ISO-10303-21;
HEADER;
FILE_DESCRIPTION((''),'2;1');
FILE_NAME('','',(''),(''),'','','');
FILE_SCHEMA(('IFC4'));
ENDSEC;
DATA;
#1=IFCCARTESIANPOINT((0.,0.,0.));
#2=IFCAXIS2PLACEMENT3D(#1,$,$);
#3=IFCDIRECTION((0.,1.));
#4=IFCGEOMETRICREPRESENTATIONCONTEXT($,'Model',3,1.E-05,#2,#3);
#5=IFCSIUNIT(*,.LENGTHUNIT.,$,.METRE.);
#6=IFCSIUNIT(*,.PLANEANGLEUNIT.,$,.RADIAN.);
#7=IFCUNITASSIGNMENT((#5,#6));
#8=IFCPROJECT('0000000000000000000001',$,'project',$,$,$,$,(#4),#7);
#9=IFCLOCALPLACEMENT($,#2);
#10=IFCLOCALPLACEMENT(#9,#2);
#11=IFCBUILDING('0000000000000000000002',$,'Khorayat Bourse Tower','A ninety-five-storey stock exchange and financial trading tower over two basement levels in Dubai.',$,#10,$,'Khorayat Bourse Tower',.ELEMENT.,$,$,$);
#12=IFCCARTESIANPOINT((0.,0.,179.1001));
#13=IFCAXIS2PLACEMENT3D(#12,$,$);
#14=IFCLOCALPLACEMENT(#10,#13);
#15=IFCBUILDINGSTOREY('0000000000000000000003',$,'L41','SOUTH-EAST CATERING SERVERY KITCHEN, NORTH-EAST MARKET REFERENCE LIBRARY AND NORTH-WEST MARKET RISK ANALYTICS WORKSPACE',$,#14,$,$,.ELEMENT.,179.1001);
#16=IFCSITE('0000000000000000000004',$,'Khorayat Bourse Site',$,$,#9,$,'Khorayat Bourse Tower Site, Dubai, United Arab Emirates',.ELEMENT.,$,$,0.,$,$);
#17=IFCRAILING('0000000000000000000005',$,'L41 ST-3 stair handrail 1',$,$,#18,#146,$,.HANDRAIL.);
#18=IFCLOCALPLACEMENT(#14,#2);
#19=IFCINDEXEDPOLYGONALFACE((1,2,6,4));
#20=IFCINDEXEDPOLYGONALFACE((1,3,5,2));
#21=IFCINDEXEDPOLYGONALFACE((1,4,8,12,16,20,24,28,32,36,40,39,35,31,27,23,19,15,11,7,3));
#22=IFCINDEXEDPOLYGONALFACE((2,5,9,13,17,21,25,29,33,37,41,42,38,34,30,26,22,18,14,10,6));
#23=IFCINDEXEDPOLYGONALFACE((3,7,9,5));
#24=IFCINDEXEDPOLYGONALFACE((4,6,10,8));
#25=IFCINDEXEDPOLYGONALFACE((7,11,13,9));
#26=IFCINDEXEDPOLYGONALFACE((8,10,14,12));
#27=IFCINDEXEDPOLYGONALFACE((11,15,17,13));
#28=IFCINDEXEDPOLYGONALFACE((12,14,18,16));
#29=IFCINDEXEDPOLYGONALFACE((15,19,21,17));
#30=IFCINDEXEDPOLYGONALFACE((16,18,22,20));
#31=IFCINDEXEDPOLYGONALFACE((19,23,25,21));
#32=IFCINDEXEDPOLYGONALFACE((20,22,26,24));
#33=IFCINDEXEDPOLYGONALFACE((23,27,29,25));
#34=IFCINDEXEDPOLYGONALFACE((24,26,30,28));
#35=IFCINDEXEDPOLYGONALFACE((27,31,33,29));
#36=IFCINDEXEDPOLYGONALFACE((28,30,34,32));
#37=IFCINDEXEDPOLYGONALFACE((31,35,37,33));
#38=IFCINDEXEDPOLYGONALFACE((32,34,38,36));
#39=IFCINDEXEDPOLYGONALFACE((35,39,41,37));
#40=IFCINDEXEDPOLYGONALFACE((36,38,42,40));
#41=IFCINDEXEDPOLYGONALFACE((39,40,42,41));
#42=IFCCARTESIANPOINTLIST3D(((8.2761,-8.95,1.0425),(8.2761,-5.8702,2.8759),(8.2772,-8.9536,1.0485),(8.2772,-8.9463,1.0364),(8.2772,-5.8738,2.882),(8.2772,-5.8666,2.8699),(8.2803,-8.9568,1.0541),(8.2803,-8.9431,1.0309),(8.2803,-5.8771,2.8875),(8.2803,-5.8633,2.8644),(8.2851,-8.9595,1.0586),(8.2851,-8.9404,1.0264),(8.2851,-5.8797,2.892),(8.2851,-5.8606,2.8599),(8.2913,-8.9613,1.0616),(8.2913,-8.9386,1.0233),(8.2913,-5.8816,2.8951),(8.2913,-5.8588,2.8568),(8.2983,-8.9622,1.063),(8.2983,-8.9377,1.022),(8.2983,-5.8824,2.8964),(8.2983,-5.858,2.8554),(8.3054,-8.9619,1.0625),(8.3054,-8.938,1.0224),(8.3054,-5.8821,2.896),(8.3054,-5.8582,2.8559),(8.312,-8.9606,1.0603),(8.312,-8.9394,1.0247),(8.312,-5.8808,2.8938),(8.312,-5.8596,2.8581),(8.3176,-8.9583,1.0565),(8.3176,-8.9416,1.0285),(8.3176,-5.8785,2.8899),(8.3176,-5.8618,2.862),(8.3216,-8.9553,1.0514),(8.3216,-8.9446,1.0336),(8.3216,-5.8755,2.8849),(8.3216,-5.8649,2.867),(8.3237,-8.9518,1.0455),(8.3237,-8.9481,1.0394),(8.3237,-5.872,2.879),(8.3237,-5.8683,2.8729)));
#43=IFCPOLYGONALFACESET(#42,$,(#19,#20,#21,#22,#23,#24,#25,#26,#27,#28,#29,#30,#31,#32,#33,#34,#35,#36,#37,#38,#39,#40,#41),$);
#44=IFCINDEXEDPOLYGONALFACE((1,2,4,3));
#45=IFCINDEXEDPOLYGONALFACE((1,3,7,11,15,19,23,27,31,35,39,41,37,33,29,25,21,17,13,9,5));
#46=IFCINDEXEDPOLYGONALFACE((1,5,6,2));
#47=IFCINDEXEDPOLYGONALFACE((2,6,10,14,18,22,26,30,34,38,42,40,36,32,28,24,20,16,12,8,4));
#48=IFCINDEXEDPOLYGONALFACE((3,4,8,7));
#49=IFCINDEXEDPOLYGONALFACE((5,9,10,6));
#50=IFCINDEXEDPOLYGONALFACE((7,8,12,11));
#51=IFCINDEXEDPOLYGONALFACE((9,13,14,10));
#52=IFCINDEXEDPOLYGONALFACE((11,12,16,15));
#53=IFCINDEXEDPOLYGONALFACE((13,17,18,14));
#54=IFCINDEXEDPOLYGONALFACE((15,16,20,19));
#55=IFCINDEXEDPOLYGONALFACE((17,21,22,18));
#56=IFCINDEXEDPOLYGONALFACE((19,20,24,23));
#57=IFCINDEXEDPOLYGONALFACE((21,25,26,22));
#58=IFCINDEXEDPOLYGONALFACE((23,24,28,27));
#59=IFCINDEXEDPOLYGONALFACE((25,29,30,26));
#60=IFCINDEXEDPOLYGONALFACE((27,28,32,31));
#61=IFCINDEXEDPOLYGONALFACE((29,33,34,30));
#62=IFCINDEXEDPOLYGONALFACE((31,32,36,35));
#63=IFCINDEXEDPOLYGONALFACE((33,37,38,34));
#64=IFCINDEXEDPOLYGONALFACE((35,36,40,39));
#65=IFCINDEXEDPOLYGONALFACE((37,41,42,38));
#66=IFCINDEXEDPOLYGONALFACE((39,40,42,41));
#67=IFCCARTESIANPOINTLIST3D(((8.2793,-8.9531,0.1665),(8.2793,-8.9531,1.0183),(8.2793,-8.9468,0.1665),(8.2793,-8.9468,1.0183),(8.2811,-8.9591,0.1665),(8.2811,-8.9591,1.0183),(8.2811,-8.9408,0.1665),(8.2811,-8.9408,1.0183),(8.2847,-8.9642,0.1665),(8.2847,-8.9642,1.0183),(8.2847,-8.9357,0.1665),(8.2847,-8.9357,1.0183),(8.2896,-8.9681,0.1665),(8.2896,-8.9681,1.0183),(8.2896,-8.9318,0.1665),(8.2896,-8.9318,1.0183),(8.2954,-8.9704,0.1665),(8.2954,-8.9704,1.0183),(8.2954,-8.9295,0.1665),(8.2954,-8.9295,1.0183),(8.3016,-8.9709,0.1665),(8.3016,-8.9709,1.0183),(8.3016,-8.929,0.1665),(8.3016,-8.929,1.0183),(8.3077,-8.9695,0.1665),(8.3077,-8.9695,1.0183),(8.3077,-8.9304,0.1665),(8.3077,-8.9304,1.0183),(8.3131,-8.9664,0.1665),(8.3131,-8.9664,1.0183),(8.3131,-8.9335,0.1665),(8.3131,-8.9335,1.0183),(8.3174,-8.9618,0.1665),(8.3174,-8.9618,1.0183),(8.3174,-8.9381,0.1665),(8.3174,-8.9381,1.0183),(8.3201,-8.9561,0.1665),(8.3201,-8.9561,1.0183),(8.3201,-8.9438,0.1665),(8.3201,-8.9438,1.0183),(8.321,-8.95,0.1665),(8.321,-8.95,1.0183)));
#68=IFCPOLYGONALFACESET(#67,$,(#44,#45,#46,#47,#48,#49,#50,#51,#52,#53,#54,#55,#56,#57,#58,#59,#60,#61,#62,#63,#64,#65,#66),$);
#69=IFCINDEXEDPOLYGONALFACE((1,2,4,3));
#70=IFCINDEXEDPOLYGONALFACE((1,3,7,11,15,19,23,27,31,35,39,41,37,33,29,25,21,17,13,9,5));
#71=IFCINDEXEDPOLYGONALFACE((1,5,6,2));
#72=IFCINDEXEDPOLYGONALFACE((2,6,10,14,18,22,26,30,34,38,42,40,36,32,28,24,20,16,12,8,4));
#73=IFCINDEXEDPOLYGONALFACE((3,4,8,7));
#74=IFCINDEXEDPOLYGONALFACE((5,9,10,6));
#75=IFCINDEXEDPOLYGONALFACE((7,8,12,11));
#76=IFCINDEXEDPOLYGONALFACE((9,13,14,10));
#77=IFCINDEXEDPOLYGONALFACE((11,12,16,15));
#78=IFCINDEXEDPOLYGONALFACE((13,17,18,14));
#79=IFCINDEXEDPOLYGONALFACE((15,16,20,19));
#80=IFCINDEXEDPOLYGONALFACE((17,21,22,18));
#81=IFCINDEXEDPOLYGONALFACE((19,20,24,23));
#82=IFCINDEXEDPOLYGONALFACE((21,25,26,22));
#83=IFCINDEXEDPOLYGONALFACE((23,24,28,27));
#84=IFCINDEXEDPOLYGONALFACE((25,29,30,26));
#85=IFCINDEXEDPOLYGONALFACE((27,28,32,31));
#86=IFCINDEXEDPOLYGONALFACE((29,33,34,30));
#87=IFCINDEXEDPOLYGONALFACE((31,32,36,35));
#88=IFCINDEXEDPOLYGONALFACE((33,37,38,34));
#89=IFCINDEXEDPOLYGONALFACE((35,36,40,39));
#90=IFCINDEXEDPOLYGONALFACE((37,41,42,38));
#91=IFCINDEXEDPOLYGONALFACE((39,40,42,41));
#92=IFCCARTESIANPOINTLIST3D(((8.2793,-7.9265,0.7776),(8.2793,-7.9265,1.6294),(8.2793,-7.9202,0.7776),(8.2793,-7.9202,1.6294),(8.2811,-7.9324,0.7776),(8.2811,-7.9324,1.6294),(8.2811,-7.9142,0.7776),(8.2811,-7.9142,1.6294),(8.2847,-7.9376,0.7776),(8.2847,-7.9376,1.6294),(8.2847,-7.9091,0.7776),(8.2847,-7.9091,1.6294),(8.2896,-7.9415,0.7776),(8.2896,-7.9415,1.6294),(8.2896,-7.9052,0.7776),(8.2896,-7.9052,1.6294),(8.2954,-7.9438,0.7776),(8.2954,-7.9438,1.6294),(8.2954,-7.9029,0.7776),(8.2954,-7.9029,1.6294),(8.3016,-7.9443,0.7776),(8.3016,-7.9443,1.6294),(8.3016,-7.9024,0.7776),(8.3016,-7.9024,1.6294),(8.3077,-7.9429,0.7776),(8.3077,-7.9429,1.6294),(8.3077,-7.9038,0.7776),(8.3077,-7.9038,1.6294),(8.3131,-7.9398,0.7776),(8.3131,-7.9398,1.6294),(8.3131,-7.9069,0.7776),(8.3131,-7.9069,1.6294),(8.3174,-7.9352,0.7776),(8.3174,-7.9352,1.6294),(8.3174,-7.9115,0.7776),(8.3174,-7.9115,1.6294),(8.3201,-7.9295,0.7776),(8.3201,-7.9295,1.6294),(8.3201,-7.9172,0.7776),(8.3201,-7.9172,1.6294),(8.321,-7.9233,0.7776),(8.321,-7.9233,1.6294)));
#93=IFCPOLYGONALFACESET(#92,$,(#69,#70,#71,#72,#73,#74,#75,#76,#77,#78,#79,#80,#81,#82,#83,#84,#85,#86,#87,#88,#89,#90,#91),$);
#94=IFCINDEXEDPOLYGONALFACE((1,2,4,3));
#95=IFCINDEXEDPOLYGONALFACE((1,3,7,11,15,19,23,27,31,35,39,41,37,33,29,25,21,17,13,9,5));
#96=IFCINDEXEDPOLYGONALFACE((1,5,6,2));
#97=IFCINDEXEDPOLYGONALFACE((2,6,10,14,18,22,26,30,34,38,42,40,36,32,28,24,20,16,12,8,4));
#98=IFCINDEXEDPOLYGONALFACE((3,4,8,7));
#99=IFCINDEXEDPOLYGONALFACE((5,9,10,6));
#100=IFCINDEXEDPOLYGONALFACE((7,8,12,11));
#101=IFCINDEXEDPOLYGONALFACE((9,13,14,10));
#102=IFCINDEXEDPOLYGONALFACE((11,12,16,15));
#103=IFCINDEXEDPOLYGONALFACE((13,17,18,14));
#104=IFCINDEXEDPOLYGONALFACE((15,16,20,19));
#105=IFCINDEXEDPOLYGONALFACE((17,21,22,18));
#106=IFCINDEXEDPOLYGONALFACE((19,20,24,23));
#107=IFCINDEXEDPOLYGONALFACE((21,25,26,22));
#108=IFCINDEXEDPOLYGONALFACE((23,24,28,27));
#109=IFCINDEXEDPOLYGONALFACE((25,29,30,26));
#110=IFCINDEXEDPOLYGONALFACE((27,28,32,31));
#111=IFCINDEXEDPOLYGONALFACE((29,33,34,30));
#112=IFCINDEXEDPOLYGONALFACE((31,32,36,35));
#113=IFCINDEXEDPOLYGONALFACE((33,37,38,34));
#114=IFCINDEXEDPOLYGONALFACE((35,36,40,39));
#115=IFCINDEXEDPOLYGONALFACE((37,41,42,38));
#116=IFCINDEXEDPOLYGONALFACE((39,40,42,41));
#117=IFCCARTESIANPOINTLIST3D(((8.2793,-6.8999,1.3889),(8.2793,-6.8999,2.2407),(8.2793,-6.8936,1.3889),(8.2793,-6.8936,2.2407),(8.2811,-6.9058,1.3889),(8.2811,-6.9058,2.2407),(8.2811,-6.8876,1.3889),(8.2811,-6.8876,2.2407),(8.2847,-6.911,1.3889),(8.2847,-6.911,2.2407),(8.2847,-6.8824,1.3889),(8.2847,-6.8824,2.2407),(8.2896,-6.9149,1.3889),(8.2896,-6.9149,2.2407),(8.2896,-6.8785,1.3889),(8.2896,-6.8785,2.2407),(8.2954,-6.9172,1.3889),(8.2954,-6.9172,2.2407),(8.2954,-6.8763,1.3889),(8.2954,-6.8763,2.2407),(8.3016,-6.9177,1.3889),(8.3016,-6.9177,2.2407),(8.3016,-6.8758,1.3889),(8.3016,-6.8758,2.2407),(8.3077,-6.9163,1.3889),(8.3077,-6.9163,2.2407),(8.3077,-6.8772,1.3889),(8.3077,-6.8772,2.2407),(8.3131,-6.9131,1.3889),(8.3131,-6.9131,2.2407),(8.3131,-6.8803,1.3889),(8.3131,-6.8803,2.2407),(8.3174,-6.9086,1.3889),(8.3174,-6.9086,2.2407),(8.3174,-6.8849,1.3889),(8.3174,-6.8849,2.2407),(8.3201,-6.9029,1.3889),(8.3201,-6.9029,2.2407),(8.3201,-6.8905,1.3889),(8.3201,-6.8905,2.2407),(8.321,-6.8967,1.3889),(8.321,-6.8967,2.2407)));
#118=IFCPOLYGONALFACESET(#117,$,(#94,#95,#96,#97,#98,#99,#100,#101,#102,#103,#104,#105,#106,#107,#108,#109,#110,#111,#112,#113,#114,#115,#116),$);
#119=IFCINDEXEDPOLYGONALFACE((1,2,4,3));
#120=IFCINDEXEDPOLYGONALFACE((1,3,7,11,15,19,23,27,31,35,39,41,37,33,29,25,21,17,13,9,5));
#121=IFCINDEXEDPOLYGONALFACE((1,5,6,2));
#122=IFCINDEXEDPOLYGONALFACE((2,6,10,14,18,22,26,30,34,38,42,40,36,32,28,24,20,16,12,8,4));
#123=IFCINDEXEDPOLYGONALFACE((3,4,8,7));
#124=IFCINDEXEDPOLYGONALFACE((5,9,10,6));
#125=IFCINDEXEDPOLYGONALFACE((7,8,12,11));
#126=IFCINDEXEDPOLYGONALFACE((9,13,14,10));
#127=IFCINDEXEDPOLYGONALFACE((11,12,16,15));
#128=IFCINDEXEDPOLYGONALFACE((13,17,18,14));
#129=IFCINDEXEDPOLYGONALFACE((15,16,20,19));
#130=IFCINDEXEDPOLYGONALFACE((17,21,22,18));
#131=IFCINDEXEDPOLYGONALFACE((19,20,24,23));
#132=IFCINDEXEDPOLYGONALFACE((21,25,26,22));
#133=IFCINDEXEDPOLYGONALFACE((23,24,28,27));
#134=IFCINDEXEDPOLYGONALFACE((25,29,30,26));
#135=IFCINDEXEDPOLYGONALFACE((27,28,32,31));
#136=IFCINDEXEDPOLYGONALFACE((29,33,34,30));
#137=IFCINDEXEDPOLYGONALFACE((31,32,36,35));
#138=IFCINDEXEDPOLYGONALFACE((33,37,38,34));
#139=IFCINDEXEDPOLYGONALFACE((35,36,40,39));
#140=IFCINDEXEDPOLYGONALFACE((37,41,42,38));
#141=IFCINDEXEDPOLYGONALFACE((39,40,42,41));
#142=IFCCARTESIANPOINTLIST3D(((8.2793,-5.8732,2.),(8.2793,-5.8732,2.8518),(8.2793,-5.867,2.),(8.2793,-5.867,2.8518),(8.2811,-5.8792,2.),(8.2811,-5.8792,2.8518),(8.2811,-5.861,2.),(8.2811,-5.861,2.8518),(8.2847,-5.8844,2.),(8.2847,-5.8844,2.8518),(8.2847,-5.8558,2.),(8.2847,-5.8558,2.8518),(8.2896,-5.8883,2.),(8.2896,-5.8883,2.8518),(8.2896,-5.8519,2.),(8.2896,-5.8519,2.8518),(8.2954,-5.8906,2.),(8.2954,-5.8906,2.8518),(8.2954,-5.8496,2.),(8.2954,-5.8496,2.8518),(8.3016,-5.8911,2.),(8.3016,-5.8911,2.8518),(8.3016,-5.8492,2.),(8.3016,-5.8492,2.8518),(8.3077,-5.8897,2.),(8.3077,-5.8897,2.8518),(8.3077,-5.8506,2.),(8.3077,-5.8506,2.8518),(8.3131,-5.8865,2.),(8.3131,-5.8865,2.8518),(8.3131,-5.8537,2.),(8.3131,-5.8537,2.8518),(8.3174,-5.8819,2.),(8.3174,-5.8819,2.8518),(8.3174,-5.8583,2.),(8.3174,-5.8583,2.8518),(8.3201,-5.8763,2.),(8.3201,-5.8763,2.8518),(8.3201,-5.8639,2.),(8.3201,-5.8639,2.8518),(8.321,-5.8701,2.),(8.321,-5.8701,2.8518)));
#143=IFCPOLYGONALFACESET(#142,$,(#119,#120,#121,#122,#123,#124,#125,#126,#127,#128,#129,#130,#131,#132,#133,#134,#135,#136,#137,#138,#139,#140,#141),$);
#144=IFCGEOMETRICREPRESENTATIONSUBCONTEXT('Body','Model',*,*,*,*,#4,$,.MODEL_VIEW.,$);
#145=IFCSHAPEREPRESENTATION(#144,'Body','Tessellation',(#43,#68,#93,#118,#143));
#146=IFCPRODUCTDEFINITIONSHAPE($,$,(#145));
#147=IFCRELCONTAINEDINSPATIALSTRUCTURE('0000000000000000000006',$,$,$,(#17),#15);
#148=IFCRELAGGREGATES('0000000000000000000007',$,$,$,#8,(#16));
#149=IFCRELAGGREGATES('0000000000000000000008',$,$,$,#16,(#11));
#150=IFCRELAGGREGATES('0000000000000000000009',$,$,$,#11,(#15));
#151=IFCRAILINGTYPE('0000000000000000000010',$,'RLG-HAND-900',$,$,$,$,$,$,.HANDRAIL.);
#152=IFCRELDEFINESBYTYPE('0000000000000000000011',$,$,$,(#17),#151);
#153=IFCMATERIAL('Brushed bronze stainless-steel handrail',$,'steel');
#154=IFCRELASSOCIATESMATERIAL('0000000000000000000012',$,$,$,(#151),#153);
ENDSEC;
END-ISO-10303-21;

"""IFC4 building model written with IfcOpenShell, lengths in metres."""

from ifc_helpers import new_model, si_unit, direction, frame, origin, origin_2d, place, context, subcontext, project, spatial, circle, extrude, source, transform, mapped, material, type_object, element, save


model = new_model("IFC4")

# Units and contexts
model_context = context("Model", 3, precision=1e-05, world=origin(), true_north=direction((0.0, 1.0)))
body_context = subcontext(model_context, "Body", "Model", "MODEL_VIEW")
ifc_project = project(units=[si_unit("LENGTHUNIT", "METRE"), si_unit("PLANEANGLEUNIT", "RADIAN")], contexts=[model_context])

# Site, building, storey
site_placement = place(None, origin())
site = spatial("IfcSite", under=ifc_project, at=site_placement, Name="Khorayat Bourse Site", LongName="Khorayat Bourse Tower Site, Dubai, United Arab Emirates", CompositionType="ELEMENT", RefElevation=0.0)
building_placement = place(site_placement, origin())
building = spatial("IfcBuilding", under=site, at=building_placement, Name="Khorayat Bourse Tower", Description="A ninety-five-storey stock exchange and financial trading tower over two basement levels in Dubai.", LongName="Khorayat Bourse Tower", CompositionType="ELEMENT")
storey_placement = place(building_placement, frame((0.0, 0.0, 179.1001)))
storey = spatial("IfcBuildingStorey", under=building, at=storey_placement, Name="L41", Description="SOUTH-EAST CATERING SERVERY KITCHEN, NORTH-EAST MARKET REFERENCE LIBRARY AND NORTH-WEST MARKET RISK ANALYTICS WORKSPACE", CompositionType="ELEMENT", Elevation=179.1001)

# Railing
ifc_material_1 = material(Name="Brushed bronze stainless-steel handrail", Category="steel")
railing_type_1 = type_object("IfcRailingType", Name="RLG-HAND-900", PredefinedType="HANDRAIL", material=ifc_material_1)
shared_shape_1 = source(origin(), body_context, "Body", "SweptSolid", [
    extrude(circle(Radius=0.0239, at=origin_2d()), frame((0.0, 0.0, 0.876), z_axis=(0.0, 0.859261, 0.511538), x_axis=(-1.0, 0.0, 0.0)), (0.0, 0.0, 1.0), 3.5842),
    extrude(circle(Radius=0.021, at=origin_2d()), origin(), (0.0, 0.0, 1.0), 0.8518),
    extrude(circle(Radius=0.021, at=origin_2d()), frame((0.0, 1.0266, 0.6111)), (0.0, 0.0, 1.0), 0.8518),
    extrude(circle(Radius=0.021, at=origin_2d()), frame((0.0, 2.0532, 1.2224)), (0.0, 0.0, 1.0), 0.8518),
    extrude(circle(Radius=0.021, at=origin_2d()), frame((0.0, 3.0798, 1.8335)), (0.0, 0.0, 1.0), 0.8518),
])
railing_1_placement = place(storey_placement, frame((8.3, -8.95, 0.1665)))
element("IfcRailing", 1, at=railing_1_placement, inside=storey, type_object=railing_type_1, Name="L41 ST-3 stair handrail 1", PredefinedType="HANDRAIL", context=body_context, shape_type="MappedRepresentation", body=[
    mapped(shared_shape_1, transform((0.0, 0.0, 0.0), scale=1.0)),
])

save(model, "model.ifc")
